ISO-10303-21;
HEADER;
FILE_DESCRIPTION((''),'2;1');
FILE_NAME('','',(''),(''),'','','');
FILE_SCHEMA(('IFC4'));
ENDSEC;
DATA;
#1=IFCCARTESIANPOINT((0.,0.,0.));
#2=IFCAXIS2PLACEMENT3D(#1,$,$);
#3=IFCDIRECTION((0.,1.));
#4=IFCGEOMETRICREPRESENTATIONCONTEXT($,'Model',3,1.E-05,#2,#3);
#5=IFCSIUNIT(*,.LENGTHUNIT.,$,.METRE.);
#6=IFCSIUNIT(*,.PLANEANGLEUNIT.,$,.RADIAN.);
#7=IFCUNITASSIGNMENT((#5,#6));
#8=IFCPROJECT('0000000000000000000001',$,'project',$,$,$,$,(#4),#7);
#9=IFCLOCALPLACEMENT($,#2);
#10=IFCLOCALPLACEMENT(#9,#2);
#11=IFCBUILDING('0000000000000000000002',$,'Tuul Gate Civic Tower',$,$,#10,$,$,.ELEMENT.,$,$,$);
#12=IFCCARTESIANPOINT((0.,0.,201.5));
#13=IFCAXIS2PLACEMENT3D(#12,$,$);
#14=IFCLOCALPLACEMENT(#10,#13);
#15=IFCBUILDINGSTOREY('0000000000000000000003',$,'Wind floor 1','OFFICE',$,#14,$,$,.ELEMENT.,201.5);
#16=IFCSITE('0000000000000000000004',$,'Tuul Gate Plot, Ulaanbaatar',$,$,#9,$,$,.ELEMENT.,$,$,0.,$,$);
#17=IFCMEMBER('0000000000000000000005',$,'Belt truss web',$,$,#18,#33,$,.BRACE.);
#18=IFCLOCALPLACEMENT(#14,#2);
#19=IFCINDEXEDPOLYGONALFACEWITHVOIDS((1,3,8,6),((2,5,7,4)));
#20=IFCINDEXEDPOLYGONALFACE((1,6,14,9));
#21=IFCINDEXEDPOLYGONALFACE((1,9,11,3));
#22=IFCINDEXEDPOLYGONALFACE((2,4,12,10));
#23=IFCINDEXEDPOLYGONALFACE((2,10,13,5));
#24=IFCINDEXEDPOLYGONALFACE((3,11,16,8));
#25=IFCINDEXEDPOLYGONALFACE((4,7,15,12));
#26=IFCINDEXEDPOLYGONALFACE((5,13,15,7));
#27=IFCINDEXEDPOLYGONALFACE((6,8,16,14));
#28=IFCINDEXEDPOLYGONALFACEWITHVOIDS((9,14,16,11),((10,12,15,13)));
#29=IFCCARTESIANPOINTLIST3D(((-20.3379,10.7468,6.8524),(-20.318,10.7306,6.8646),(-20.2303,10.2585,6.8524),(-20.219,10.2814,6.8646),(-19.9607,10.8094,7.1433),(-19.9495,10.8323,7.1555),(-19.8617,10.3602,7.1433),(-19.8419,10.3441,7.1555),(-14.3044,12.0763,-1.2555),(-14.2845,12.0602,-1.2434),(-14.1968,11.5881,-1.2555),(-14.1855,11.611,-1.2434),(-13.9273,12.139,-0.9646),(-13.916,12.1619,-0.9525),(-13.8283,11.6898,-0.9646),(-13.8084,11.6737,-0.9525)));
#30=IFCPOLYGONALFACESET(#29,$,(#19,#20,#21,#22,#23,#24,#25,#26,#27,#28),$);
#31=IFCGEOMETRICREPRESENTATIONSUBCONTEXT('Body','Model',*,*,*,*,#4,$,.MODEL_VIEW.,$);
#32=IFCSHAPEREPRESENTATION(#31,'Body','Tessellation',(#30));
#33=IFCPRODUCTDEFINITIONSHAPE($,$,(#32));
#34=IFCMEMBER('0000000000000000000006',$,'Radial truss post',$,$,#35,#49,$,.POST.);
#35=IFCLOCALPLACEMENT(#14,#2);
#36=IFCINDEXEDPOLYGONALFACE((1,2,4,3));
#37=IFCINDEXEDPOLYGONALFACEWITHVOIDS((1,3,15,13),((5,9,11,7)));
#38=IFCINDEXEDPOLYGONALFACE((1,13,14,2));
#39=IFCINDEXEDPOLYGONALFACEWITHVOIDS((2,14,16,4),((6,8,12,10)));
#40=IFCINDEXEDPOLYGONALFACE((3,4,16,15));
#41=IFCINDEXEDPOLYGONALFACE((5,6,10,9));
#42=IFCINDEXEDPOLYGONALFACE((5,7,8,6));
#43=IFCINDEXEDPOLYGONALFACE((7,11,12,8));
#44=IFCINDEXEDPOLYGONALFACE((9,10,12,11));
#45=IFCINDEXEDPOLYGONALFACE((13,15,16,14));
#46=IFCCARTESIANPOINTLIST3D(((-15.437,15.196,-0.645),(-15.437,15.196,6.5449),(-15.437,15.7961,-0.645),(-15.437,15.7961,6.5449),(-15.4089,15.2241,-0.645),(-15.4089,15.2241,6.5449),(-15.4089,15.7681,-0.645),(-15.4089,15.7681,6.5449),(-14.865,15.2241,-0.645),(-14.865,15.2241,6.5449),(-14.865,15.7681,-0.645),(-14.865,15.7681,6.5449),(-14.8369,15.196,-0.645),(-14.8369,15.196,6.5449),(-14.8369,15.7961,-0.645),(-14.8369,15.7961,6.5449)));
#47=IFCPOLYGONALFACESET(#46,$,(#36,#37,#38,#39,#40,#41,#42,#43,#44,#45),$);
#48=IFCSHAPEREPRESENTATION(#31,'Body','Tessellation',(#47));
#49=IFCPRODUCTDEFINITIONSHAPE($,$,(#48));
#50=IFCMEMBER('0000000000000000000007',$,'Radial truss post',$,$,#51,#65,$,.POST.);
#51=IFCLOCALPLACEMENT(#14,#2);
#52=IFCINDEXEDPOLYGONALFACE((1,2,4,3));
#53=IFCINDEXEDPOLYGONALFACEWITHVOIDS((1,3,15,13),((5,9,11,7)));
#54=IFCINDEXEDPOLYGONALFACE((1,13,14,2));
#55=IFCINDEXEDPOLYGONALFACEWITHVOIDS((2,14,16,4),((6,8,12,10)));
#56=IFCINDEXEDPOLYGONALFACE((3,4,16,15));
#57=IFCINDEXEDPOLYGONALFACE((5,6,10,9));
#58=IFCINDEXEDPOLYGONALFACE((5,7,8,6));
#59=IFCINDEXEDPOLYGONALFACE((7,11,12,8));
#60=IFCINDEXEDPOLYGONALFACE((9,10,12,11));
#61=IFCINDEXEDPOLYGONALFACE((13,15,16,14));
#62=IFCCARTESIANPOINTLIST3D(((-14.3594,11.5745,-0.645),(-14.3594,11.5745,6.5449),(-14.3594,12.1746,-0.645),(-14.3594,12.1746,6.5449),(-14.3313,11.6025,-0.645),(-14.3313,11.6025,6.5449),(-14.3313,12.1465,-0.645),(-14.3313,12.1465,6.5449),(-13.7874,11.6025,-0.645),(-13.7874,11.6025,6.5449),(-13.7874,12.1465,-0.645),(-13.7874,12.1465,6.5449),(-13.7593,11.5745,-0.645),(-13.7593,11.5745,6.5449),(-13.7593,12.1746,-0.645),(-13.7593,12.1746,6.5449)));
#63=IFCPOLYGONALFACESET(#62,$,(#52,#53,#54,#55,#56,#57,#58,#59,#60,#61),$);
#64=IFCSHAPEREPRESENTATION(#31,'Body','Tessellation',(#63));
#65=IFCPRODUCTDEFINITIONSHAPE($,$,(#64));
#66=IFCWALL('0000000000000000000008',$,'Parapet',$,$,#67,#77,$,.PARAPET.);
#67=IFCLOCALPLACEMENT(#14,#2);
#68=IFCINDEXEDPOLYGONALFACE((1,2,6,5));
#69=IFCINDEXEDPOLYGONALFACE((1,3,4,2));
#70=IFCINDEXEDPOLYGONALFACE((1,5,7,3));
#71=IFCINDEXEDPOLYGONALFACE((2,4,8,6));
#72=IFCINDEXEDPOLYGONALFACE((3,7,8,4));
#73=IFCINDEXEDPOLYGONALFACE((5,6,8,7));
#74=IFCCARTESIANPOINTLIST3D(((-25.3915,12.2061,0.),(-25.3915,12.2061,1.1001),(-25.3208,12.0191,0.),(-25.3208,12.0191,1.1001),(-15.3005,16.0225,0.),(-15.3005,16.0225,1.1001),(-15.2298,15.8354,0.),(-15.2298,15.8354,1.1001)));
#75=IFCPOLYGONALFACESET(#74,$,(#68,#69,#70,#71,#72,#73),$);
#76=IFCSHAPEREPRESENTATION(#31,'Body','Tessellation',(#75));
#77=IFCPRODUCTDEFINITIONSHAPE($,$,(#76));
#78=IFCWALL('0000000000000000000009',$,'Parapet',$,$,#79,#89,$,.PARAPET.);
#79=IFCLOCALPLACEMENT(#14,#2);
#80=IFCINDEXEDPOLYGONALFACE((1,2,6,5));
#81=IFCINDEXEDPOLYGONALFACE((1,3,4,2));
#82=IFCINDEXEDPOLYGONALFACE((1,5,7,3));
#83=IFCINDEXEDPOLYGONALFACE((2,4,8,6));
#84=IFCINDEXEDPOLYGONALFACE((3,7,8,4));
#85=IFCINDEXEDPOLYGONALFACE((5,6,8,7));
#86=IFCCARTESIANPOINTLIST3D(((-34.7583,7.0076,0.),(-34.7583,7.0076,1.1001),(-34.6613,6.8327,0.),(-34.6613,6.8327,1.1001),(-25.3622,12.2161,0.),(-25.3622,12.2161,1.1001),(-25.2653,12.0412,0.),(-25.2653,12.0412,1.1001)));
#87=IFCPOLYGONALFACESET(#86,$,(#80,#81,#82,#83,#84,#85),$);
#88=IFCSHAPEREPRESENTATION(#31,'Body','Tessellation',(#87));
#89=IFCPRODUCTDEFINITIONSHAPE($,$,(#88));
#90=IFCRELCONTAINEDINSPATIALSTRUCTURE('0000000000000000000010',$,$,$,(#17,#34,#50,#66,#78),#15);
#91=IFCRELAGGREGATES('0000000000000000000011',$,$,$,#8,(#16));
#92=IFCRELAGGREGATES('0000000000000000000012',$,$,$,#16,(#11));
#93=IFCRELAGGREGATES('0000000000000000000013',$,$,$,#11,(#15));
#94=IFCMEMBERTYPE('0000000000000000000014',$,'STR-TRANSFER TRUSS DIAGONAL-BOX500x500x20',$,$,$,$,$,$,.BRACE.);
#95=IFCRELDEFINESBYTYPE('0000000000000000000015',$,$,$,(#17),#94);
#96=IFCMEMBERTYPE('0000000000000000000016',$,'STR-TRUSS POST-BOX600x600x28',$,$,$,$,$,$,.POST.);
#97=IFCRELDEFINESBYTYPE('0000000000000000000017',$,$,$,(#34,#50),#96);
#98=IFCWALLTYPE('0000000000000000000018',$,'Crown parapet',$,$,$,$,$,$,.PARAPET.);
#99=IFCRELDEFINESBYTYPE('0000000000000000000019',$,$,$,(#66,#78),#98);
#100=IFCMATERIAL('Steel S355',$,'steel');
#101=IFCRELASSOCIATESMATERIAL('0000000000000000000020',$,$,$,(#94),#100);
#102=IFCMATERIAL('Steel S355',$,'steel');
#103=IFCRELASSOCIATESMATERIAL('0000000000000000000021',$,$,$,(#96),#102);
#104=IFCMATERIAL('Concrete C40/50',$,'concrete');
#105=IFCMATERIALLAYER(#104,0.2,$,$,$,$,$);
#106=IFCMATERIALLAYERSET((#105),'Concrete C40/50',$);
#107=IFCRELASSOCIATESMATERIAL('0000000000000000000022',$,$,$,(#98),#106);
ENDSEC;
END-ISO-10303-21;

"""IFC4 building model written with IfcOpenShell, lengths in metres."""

from ifc_helpers import new_model, si_unit, direction, frame, frame_2d, origin, origin_2d, place, context, subcontext, project, spatial, rectangle, hollow_rectangle, extrude, material, layer, layer_set, material_profile, profile_set, type_object, element, save


model = new_model("IFC4")

# Units and contexts
model_context = context("Model", 3, precision=1e-05, world=origin(), true_north=direction((0.0, 1.0)))
body_context = subcontext(model_context, "Body", "Model", "MODEL_VIEW")
ifc_project = project(units=[si_unit("LENGTHUNIT", "METRE"), si_unit("PLANEANGLEUNIT", "RADIAN")], contexts=[model_context])

# Site, building, storey
site_placement = place(None, origin())
site = spatial("IfcSite", under=ifc_project, at=site_placement, Name="Tuul Gate Plot, Ulaanbaatar", CompositionType="ELEMENT", RefElevation=0.0)
building_placement = place(site_placement, origin())
building = spatial("IfcBuilding", under=site, at=building_placement, Name="Tuul Gate Civic Tower", CompositionType="ELEMENT")
storey_placement = place(building_placement, frame((0.0, 0.0, 201.5)))
storey = spatial("IfcBuildingStorey", under=building, at=storey_placement, Name="Wind floor 1", Description="OFFICE", CompositionType="ELEMENT", Elevation=201.5)

# Members
ifc_material_1 = material(Name="Steel S355", Category="steel")
ifc_material_profile_1 = material_profile(ifc_material_1, hollow_rectangle(XDim=0.5, YDim=0.5, WallThickness=0.02, at=origin_2d()), Name="BOX500x500x20")
ifc_profile_set_1 = profile_set([ifc_material_profile_1], Name="Steel S355")
member_type_1 = type_object("IfcMemberType", Name="STR-TRANSFER TRUSS DIAGONAL-BOX500x500x20", PredefinedType="BRACE", material=ifc_profile_set_1)
member_1_placement = place(storey_placement, frame((-14.0564, 11.875, -1.104), z_axis=(-0.591889, -0.130434, 0.795396), x_axis=(0.215206, -0.976569, 0.0)))
element("IfcMember", 1, at=member_1_placement, inside=storey, type_object=member_type_1, Name="Belt truss web", PredefinedType="BRACE", context=body_context, shape_type="SweptSolid", body=[
    extrude(hollow_rectangle(XDim=0.5, YDim=0.5, WallThickness=0.02, at=origin_2d()), origin(), (0.0, 0.0, 1.0), 10.1936),
])
ifc_material_2 = material(Name="Steel S355", Category="steel")
ifc_material_profile_2 = material_profile(ifc_material_2, hollow_rectangle(XDim=0.6001, YDim=0.6001, WallThickness=0.0281, at=origin_2d()), Name="BOX600x600x28")
ifc_profile_set_2 = profile_set([ifc_material_profile_2], Name="Steel S355")
member_type_2 = type_object("IfcMemberType", Name="STR-TRUSS POST-BOX600x600x28", PredefinedType="POST", material=ifc_profile_set_2)
for number, where, z_axis, x_axis, name in (
    (2, (-15.137, 15.4961, -0.645), (0.0, 0.0, 1.0), (1.0, 0.0, 0.0), "Radial truss post"),
    (3, (-14.0593, 11.8745, -0.645), (0.0, 0.0, 1.0), (1.0, 0.0, 0.0), "Radial truss post"),
):
    element("IfcMember", number, at=place(storey_placement, frame(where, z_axis=z_axis, x_axis=x_axis)), inside=storey, type_object=member_type_2, Name=name, PredefinedType="POST", context=body_context, shape_type="SweptSolid", body=[
        extrude(hollow_rectangle(XDim=0.6001, YDim=0.6001, WallThickness=0.0281, at=origin_2d()), origin(), (0.0, 0.0, 1.0), 7.1899),
    ])

# Walls
ifc_material_3 = material(Name="Concrete C40/50", Category="concrete")
ifc_layer = layer(ifc_material_3, 0.2)
ifc_layer_set = layer_set([ifc_layer], Name="Concrete C40/50")
wall_type = type_object("IfcWallType", Name="Crown parapet", PredefinedType="PARAPET", material=ifc_layer_set)
wall_1_placement = place(storey_placement, frame((-15.2651, 15.929, 0.0), z_axis=(0.0, 0.0, 1.0), x_axis=(-0.935343, -0.353743, 0.0)))
element("IfcWall", 4, at=wall_1_placement, inside=storey, type_object=wall_type, Name="Parapet", PredefinedType="PARAPET", context=body_context, shape_type="SweptSolid", body=[
    extrude(rectangle(XDim=10.7886, YDim=0.2, at=frame_2d((5.3943, 0.0))), origin(), (0.0, 0.0, 1.0), 1.1001),
])
wall_2_placement = place(storey_placement, frame((-25.3137, 12.1287, 0.0), z_axis=(0.0, 0.0, 1.0), x_axis=(-0.874611, -0.484825, 0.0)))
element("IfcWall", 5, at=wall_2_placement, inside=storey, type_object=wall_type, Name="Parapet", PredefinedType="PARAPET", context=body_context, shape_type="SweptSolid", body=[
    extrude(rectangle(XDim=10.7432, YDim=0.2, at=frame_2d((5.3716, 0.0))), origin(), (0.0, 0.0, 1.0), 1.1001),
])

save(model, "model.ifc")
